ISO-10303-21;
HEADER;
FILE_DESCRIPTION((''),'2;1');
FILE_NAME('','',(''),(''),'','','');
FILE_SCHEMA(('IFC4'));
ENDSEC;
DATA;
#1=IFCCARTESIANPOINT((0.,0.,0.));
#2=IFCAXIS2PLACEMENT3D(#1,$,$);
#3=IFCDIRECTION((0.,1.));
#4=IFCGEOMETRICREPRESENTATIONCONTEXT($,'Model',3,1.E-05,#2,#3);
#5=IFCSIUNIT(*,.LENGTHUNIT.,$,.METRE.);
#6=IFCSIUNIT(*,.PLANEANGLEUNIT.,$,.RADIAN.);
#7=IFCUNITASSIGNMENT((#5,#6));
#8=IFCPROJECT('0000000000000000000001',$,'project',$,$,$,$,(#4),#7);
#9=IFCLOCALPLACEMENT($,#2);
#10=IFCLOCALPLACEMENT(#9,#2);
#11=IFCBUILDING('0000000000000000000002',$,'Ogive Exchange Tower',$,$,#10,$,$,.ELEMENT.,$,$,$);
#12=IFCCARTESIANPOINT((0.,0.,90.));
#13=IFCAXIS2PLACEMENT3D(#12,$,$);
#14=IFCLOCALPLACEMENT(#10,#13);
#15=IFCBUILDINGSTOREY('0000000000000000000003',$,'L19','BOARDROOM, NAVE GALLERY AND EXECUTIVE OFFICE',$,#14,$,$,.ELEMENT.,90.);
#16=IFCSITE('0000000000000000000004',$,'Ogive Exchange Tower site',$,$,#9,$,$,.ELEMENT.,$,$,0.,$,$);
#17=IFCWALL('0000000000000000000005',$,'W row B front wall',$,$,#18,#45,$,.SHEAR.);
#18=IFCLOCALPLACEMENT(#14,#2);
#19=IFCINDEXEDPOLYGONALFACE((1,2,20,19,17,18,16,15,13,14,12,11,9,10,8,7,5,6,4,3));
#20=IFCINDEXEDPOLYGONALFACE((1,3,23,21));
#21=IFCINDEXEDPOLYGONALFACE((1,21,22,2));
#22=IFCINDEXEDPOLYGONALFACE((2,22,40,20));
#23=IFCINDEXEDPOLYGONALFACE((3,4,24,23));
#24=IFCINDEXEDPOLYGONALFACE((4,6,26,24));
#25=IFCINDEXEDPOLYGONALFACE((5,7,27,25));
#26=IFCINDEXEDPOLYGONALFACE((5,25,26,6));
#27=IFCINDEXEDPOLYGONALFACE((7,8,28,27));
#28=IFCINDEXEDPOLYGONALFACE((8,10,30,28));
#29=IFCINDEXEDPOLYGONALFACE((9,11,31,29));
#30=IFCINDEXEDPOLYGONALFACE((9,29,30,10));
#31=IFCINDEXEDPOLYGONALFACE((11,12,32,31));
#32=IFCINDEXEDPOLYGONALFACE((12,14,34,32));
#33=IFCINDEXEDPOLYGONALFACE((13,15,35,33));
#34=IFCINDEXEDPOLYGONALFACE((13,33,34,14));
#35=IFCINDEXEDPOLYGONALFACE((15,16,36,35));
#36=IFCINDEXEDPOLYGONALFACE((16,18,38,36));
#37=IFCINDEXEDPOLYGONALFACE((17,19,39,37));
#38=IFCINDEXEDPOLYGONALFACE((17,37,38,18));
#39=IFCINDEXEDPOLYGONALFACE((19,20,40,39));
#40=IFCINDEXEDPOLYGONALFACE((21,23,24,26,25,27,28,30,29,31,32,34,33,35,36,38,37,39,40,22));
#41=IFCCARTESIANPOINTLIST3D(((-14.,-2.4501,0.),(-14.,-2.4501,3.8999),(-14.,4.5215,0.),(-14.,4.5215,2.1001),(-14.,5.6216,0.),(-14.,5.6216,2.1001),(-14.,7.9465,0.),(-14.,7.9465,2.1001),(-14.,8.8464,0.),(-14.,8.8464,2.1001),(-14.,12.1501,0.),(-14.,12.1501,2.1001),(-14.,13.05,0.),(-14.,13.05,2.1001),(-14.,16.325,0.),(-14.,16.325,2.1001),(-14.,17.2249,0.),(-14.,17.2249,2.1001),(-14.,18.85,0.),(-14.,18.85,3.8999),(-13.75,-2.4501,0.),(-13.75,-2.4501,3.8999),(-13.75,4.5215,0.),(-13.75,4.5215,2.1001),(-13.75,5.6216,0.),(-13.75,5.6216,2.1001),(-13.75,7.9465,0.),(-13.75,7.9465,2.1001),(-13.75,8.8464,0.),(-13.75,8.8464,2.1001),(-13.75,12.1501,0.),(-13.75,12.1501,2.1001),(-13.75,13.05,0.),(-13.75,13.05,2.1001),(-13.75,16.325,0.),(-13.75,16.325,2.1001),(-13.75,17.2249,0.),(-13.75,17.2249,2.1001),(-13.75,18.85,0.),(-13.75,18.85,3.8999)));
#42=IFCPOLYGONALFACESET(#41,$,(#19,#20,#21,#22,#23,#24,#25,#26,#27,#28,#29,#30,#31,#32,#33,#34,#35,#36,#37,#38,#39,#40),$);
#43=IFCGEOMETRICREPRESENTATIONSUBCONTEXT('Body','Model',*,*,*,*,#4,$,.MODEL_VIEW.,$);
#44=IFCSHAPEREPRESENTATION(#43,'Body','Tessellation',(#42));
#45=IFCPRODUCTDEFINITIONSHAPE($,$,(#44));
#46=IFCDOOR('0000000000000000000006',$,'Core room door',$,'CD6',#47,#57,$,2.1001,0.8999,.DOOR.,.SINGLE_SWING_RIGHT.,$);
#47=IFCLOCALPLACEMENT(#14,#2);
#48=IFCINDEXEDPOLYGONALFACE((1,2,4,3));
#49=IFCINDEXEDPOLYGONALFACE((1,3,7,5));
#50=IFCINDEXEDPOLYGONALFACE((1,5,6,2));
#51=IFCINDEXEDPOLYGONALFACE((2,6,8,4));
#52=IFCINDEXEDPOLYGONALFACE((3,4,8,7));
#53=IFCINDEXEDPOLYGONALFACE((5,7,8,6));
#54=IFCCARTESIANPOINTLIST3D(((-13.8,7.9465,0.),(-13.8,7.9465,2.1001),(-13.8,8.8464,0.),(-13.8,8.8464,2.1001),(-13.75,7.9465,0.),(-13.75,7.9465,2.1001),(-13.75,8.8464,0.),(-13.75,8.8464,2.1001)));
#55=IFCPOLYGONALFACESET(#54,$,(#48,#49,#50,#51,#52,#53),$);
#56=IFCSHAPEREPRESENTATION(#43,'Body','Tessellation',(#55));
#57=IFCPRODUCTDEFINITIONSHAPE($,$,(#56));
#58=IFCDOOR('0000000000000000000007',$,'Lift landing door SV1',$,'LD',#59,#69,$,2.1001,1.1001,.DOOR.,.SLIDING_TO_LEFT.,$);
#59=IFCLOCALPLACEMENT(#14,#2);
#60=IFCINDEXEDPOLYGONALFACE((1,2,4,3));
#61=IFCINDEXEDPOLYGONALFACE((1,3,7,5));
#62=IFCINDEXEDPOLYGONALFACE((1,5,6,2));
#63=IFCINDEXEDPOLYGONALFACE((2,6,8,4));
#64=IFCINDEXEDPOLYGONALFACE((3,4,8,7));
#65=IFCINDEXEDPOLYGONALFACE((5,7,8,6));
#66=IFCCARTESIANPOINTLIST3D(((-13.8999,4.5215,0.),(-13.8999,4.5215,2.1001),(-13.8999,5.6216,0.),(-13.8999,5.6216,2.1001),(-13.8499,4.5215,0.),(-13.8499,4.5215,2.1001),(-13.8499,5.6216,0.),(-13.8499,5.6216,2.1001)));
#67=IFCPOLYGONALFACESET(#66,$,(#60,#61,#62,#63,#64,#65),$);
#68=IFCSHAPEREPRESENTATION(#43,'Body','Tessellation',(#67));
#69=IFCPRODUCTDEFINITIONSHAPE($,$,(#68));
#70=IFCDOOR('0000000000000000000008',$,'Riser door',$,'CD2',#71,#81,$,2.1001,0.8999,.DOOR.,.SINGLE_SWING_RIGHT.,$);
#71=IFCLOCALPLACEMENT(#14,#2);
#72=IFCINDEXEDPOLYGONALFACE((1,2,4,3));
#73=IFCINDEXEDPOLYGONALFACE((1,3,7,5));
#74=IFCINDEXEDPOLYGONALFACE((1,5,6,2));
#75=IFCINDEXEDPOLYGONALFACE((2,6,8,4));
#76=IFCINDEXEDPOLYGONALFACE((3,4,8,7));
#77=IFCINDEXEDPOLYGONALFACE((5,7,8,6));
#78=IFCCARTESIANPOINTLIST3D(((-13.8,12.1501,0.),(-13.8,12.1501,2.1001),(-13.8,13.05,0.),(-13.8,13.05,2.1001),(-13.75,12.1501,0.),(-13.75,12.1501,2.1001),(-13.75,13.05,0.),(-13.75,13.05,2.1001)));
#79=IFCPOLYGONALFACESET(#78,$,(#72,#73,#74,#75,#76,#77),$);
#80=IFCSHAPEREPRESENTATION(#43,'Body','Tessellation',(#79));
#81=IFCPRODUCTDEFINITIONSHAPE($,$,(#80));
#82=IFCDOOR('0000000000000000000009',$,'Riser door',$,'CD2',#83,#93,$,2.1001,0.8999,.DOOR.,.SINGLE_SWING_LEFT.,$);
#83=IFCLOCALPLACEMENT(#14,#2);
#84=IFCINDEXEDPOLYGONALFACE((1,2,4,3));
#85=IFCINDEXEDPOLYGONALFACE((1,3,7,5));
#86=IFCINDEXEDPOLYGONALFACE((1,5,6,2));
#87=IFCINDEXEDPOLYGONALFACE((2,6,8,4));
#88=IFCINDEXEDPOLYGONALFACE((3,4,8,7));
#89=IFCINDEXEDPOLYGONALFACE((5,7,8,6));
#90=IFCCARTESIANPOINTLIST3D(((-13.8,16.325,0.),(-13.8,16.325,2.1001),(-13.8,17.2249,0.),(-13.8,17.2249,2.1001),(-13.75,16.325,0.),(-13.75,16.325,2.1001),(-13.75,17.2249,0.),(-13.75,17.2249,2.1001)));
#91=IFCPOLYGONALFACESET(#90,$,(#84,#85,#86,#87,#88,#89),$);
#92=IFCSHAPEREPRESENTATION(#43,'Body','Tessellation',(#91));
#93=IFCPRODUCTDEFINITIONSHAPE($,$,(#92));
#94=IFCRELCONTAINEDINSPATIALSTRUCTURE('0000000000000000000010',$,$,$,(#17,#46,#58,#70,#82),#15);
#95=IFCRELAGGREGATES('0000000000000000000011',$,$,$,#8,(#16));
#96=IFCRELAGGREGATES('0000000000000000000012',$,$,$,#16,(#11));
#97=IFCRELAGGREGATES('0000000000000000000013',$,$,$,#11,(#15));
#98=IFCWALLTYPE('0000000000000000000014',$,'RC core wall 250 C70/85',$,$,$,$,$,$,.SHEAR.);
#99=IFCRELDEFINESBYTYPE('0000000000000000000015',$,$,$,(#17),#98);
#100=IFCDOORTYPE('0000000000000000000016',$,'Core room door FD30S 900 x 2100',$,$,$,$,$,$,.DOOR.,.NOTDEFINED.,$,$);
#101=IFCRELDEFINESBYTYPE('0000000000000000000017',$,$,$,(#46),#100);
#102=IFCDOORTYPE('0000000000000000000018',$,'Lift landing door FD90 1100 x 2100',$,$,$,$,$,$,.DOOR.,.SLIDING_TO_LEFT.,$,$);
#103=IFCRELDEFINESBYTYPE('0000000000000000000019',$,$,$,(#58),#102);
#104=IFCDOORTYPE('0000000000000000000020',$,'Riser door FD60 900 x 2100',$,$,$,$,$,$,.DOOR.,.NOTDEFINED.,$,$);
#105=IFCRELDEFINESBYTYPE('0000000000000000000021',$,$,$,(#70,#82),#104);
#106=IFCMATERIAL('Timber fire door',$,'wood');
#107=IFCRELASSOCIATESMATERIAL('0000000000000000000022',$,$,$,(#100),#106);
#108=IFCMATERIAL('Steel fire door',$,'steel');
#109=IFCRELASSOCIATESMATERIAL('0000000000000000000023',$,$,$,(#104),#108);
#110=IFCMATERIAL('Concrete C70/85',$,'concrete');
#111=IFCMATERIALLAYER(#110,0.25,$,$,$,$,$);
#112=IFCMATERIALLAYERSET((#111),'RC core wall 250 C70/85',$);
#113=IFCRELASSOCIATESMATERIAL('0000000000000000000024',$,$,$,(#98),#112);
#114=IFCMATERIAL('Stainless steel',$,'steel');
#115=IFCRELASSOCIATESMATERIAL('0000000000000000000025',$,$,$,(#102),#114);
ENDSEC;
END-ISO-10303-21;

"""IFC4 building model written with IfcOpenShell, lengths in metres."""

from ifc_helpers import new_model, si_unit, direction, frame, frame_2d, origin, place, context, subcontext, project, spatial, rectangle, extrude, material, layer, layer_set, type_object, element, fill, save


model = new_model("IFC4")

# Units and contexts
model_context = context("Model", 3, precision=1e-05, world=origin(), true_north=direction((0.0, 1.0)))
body_context = subcontext(model_context, "Body", "Model", "MODEL_VIEW")
ifc_project = project(units=[si_unit("LENGTHUNIT", "METRE"), si_unit("PLANEANGLEUNIT", "RADIAN")], contexts=[model_context])

# Site, building, storey
site_placement = place(None, origin())
site = spatial("IfcSite", under=ifc_project, at=site_placement, Name="Ogive Exchange Tower site", CompositionType="ELEMENT", RefElevation=0.0)
building_placement = place(site_placement, origin())
building = spatial("IfcBuilding", under=site, at=building_placement, Name="Ogive Exchange Tower", CompositionType="ELEMENT")
storey_placement = place(building_placement, frame((0.0, 0.0, 90.0)))
storey = spatial("IfcBuildingStorey", under=building, at=storey_placement, Name="L19", Description="BOARDROOM, NAVE GALLERY AND EXECUTIVE OFFICE", CompositionType="ELEMENT", Elevation=90.0)

# Shared definitions
ifc_material_1 = material(Name="Concrete C70/85", Category="concrete")
ifc_material_2 = material(Name="Timber fire door", Category="wood")
door_type_1 = type_object("IfcDoorType", Name="Core room door FD30S 900 x 2100", OperationType="NOTDEFINED", PredefinedType="DOOR", material=ifc_material_2)
ifc_material_3 = material(Name="Steel fire door", Category="steel")
door_type_2 = type_object("IfcDoorType", Name="Riser door FD60 900 x 2100", OperationType="NOTDEFINED", PredefinedType="DOOR", material=ifc_material_3)

# Shared definitions
ifc_layer_1 = layer(ifc_material_1, 0.25)
ifc_layer_set_1 = layer_set([ifc_layer_1], Name="RC core wall 250 C70/85")
wall_type_1 = type_object("IfcWallType", Name="RC core wall 250 C70/85", PredefinedType="SHEAR", material=ifc_layer_set_1)

# Wall, openings, doors
wall_1_placement = place(storey_placement, frame((-13.875, -2.45, 0.0), z_axis=(0.0, 0.0, 1.0), x_axis=(0.0, 1.0, 0.0)))
wall_1 = element("IfcWall", 1, at=wall_1_placement, inside=storey, type_object=wall_type_1, Name="W row B front wall", PredefinedType="SHEAR", context=body_context, shape_type="SweptSolid", body=[
    extrude(rectangle(XDim=21.3, YDim=0.25, at=frame_2d((10.6499, 0.0))), origin(), (0.0, 0.0, 1.0), 3.8999),
])
opening_1_placement = place(wall_1_placement, frame((10.3965, 0.0, 0.0)))
opening_1 = element("IfcOpeningElement", 2, at=opening_1_placement, cuts=wall_1, PredefinedType="OPENING", context=body_context, shape_type="SweptSolid", body=[
    extrude(rectangle(XDim=0.8999, YDim=2.1001, at=frame_2d((0.45, 1.05))), frame((0.0, 0.135, 0.0), z_axis=(0.0, -1.0, 0.0), x_axis=(1.0, 0.0, 0.0)), (0.0, 0.0, 1.0), 0.27),
])
opening_2_placement = place(wall_1_placement, frame((14.6001, 0.0, 0.0)))
opening_2 = element("IfcOpeningElement", 3, at=opening_2_placement, cuts=wall_1, PredefinedType="OPENING", context=body_context, shape_type="SweptSolid", body=[
    extrude(rectangle(XDim=0.8999, YDim=2.1001, at=frame_2d((0.45, 1.05))), frame((0.0, 0.135, 0.0), z_axis=(0.0, -1.0, 0.0), x_axis=(1.0, 0.0, 0.0)), (0.0, 0.0, 1.0), 0.27),
])
opening_3_placement = place(wall_1_placement, frame((18.7749, 0.0, 0.0)))
opening_3 = element("IfcOpeningElement", 4, at=opening_3_placement, cuts=wall_1, PredefinedType="OPENING", context=body_context, shape_type="SweptSolid", body=[
    extrude(rectangle(XDim=0.8999, YDim=2.1001, at=frame_2d((0.45, 1.05))), frame((0.0, 0.135, 0.0), z_axis=(0.0, -1.0, 0.0), x_axis=(1.0, 0.0, 0.0)), (0.0, 0.0, 1.0), 0.27),
])
opening_4_placement = place(wall_1_placement, frame((6.9714, 0.0, 0.0)))
opening_4 = element("IfcOpeningElement", 5, at=opening_4_placement, cuts=wall_1, PredefinedType="OPENING", context=body_context, shape_type="SweptSolid", body=[
    extrude(rectangle(XDim=1.1001, YDim=2.1001, at=frame_2d((0.55, 1.05))), frame((0.0, 0.135, 0.0), z_axis=(0.0, -1.0, 0.0), x_axis=(1.0, 0.0, 0.0)), (0.0, 0.0, 1.0), 0.27),
])
door_1_placement = place(opening_1_placement, frame((0.8999, -0.2002, 0.0), z_axis=(0.0, 0.0, 1.0), x_axis=(-1.0, 0.0, 0.0)))
door_1 = element("IfcDoor", 6, at=door_1_placement, inside=storey, type_object=door_type_1, Name="Core room door", ObjectType="CD6", OperationType="SINGLE_SWING_RIGHT", OverallHeight=2.1001, OverallWidth=0.8999, PredefinedType="DOOR", context=body_context, shape_type="SweptSolid", body=[
    extrude(rectangle(XDim=0.8999, YDim=2.1001, at=frame_2d((0.45, 1.05))), frame((0.0, -0.0752, 0.0), z_axis=(0.0, -1.0, 0.0), x_axis=(1.0, 0.0, 0.0)), (0.0, 0.0, 1.0), 0.05),
])
fill(opening_1, door_1)
ifc_material_4 = material(Name="Stainless steel", Category="steel")
door_type_3 = type_object("IfcDoorType", Name="Lift landing door FD90 1100 x 2100", OperationType="SLIDING_TO_LEFT", PredefinedType="DOOR", material=ifc_material_4)
door_2_placement = place(opening_4_placement, origin())
door_2 = element("IfcDoor", 7, at=door_2_placement, inside=storey, type_object=door_type_3, Name="Lift landing door SV1", ObjectType="LD", OperationType="SLIDING_TO_LEFT", OverallHeight=2.1001, OverallWidth=1.1001, PredefinedType="DOOR", context=body_context, shape_type="SweptSolid", body=[
    extrude(rectangle(XDim=1.1001, YDim=2.1001, at=frame_2d((0.55, 1.05))), frame((0.0, 0.0249, 0.0), z_axis=(0.0, -1.0, 0.0), x_axis=(1.0, 0.0, 0.0)), (0.0, 0.0, 1.0), 0.05),
])
fill(opening_4, door_2)
door_3_placement = place(opening_2_placement, frame((0.8999, -0.2002, 0.0), z_axis=(0.0, 0.0, 1.0), x_axis=(-1.0, 0.0, 0.0)))
door_3 = element("IfcDoor", 8, at=door_3_placement, inside=storey, type_object=door_type_2, Name="Riser door", ObjectType="CD2", OperationType="SINGLE_SWING_RIGHT", OverallHeight=2.1001, OverallWidth=0.8999, PredefinedType="DOOR", context=body_context, shape_type="SweptSolid", body=[
    extrude(rectangle(XDim=0.8999, YDim=2.1001, at=frame_2d((0.45, 1.05))), frame((0.0, -0.0752, 0.0), z_axis=(0.0, -1.0, 0.0), x_axis=(1.0, 0.0, 0.0)), (0.0, 0.0, 1.0), 0.05),
])
fill(opening_2, door_3)
door_4_placement = place(opening_3_placement, frame((0.8999, -0.2002, 0.0), z_axis=(0.0, 0.0, 1.0), x_axis=(-1.0, 0.0, 0.0)))
door_4 = element("IfcDoor", 9, at=door_4_placement, inside=storey, type_object=door_type_2, Name="Riser door", ObjectType="CD2", OperationType="SINGLE_SWING_LEFT", OverallHeight=2.1001, OverallWidth=0.8999, PredefinedType="DOOR", context=body_context, shape_type="SweptSolid", body=[
    extrude(rectangle(XDim=0.8999, YDim=2.1001, at=frame_2d((0.45, 1.05))), frame((0.0, -0.0752, 0.0), z_axis=(0.0, -1.0, 0.0), x_axis=(1.0, 0.0, 0.0)), (0.0, 0.0, 1.0), 0.05),
])
fill(opening_3, door_4)

save(model, "model.ifc")
